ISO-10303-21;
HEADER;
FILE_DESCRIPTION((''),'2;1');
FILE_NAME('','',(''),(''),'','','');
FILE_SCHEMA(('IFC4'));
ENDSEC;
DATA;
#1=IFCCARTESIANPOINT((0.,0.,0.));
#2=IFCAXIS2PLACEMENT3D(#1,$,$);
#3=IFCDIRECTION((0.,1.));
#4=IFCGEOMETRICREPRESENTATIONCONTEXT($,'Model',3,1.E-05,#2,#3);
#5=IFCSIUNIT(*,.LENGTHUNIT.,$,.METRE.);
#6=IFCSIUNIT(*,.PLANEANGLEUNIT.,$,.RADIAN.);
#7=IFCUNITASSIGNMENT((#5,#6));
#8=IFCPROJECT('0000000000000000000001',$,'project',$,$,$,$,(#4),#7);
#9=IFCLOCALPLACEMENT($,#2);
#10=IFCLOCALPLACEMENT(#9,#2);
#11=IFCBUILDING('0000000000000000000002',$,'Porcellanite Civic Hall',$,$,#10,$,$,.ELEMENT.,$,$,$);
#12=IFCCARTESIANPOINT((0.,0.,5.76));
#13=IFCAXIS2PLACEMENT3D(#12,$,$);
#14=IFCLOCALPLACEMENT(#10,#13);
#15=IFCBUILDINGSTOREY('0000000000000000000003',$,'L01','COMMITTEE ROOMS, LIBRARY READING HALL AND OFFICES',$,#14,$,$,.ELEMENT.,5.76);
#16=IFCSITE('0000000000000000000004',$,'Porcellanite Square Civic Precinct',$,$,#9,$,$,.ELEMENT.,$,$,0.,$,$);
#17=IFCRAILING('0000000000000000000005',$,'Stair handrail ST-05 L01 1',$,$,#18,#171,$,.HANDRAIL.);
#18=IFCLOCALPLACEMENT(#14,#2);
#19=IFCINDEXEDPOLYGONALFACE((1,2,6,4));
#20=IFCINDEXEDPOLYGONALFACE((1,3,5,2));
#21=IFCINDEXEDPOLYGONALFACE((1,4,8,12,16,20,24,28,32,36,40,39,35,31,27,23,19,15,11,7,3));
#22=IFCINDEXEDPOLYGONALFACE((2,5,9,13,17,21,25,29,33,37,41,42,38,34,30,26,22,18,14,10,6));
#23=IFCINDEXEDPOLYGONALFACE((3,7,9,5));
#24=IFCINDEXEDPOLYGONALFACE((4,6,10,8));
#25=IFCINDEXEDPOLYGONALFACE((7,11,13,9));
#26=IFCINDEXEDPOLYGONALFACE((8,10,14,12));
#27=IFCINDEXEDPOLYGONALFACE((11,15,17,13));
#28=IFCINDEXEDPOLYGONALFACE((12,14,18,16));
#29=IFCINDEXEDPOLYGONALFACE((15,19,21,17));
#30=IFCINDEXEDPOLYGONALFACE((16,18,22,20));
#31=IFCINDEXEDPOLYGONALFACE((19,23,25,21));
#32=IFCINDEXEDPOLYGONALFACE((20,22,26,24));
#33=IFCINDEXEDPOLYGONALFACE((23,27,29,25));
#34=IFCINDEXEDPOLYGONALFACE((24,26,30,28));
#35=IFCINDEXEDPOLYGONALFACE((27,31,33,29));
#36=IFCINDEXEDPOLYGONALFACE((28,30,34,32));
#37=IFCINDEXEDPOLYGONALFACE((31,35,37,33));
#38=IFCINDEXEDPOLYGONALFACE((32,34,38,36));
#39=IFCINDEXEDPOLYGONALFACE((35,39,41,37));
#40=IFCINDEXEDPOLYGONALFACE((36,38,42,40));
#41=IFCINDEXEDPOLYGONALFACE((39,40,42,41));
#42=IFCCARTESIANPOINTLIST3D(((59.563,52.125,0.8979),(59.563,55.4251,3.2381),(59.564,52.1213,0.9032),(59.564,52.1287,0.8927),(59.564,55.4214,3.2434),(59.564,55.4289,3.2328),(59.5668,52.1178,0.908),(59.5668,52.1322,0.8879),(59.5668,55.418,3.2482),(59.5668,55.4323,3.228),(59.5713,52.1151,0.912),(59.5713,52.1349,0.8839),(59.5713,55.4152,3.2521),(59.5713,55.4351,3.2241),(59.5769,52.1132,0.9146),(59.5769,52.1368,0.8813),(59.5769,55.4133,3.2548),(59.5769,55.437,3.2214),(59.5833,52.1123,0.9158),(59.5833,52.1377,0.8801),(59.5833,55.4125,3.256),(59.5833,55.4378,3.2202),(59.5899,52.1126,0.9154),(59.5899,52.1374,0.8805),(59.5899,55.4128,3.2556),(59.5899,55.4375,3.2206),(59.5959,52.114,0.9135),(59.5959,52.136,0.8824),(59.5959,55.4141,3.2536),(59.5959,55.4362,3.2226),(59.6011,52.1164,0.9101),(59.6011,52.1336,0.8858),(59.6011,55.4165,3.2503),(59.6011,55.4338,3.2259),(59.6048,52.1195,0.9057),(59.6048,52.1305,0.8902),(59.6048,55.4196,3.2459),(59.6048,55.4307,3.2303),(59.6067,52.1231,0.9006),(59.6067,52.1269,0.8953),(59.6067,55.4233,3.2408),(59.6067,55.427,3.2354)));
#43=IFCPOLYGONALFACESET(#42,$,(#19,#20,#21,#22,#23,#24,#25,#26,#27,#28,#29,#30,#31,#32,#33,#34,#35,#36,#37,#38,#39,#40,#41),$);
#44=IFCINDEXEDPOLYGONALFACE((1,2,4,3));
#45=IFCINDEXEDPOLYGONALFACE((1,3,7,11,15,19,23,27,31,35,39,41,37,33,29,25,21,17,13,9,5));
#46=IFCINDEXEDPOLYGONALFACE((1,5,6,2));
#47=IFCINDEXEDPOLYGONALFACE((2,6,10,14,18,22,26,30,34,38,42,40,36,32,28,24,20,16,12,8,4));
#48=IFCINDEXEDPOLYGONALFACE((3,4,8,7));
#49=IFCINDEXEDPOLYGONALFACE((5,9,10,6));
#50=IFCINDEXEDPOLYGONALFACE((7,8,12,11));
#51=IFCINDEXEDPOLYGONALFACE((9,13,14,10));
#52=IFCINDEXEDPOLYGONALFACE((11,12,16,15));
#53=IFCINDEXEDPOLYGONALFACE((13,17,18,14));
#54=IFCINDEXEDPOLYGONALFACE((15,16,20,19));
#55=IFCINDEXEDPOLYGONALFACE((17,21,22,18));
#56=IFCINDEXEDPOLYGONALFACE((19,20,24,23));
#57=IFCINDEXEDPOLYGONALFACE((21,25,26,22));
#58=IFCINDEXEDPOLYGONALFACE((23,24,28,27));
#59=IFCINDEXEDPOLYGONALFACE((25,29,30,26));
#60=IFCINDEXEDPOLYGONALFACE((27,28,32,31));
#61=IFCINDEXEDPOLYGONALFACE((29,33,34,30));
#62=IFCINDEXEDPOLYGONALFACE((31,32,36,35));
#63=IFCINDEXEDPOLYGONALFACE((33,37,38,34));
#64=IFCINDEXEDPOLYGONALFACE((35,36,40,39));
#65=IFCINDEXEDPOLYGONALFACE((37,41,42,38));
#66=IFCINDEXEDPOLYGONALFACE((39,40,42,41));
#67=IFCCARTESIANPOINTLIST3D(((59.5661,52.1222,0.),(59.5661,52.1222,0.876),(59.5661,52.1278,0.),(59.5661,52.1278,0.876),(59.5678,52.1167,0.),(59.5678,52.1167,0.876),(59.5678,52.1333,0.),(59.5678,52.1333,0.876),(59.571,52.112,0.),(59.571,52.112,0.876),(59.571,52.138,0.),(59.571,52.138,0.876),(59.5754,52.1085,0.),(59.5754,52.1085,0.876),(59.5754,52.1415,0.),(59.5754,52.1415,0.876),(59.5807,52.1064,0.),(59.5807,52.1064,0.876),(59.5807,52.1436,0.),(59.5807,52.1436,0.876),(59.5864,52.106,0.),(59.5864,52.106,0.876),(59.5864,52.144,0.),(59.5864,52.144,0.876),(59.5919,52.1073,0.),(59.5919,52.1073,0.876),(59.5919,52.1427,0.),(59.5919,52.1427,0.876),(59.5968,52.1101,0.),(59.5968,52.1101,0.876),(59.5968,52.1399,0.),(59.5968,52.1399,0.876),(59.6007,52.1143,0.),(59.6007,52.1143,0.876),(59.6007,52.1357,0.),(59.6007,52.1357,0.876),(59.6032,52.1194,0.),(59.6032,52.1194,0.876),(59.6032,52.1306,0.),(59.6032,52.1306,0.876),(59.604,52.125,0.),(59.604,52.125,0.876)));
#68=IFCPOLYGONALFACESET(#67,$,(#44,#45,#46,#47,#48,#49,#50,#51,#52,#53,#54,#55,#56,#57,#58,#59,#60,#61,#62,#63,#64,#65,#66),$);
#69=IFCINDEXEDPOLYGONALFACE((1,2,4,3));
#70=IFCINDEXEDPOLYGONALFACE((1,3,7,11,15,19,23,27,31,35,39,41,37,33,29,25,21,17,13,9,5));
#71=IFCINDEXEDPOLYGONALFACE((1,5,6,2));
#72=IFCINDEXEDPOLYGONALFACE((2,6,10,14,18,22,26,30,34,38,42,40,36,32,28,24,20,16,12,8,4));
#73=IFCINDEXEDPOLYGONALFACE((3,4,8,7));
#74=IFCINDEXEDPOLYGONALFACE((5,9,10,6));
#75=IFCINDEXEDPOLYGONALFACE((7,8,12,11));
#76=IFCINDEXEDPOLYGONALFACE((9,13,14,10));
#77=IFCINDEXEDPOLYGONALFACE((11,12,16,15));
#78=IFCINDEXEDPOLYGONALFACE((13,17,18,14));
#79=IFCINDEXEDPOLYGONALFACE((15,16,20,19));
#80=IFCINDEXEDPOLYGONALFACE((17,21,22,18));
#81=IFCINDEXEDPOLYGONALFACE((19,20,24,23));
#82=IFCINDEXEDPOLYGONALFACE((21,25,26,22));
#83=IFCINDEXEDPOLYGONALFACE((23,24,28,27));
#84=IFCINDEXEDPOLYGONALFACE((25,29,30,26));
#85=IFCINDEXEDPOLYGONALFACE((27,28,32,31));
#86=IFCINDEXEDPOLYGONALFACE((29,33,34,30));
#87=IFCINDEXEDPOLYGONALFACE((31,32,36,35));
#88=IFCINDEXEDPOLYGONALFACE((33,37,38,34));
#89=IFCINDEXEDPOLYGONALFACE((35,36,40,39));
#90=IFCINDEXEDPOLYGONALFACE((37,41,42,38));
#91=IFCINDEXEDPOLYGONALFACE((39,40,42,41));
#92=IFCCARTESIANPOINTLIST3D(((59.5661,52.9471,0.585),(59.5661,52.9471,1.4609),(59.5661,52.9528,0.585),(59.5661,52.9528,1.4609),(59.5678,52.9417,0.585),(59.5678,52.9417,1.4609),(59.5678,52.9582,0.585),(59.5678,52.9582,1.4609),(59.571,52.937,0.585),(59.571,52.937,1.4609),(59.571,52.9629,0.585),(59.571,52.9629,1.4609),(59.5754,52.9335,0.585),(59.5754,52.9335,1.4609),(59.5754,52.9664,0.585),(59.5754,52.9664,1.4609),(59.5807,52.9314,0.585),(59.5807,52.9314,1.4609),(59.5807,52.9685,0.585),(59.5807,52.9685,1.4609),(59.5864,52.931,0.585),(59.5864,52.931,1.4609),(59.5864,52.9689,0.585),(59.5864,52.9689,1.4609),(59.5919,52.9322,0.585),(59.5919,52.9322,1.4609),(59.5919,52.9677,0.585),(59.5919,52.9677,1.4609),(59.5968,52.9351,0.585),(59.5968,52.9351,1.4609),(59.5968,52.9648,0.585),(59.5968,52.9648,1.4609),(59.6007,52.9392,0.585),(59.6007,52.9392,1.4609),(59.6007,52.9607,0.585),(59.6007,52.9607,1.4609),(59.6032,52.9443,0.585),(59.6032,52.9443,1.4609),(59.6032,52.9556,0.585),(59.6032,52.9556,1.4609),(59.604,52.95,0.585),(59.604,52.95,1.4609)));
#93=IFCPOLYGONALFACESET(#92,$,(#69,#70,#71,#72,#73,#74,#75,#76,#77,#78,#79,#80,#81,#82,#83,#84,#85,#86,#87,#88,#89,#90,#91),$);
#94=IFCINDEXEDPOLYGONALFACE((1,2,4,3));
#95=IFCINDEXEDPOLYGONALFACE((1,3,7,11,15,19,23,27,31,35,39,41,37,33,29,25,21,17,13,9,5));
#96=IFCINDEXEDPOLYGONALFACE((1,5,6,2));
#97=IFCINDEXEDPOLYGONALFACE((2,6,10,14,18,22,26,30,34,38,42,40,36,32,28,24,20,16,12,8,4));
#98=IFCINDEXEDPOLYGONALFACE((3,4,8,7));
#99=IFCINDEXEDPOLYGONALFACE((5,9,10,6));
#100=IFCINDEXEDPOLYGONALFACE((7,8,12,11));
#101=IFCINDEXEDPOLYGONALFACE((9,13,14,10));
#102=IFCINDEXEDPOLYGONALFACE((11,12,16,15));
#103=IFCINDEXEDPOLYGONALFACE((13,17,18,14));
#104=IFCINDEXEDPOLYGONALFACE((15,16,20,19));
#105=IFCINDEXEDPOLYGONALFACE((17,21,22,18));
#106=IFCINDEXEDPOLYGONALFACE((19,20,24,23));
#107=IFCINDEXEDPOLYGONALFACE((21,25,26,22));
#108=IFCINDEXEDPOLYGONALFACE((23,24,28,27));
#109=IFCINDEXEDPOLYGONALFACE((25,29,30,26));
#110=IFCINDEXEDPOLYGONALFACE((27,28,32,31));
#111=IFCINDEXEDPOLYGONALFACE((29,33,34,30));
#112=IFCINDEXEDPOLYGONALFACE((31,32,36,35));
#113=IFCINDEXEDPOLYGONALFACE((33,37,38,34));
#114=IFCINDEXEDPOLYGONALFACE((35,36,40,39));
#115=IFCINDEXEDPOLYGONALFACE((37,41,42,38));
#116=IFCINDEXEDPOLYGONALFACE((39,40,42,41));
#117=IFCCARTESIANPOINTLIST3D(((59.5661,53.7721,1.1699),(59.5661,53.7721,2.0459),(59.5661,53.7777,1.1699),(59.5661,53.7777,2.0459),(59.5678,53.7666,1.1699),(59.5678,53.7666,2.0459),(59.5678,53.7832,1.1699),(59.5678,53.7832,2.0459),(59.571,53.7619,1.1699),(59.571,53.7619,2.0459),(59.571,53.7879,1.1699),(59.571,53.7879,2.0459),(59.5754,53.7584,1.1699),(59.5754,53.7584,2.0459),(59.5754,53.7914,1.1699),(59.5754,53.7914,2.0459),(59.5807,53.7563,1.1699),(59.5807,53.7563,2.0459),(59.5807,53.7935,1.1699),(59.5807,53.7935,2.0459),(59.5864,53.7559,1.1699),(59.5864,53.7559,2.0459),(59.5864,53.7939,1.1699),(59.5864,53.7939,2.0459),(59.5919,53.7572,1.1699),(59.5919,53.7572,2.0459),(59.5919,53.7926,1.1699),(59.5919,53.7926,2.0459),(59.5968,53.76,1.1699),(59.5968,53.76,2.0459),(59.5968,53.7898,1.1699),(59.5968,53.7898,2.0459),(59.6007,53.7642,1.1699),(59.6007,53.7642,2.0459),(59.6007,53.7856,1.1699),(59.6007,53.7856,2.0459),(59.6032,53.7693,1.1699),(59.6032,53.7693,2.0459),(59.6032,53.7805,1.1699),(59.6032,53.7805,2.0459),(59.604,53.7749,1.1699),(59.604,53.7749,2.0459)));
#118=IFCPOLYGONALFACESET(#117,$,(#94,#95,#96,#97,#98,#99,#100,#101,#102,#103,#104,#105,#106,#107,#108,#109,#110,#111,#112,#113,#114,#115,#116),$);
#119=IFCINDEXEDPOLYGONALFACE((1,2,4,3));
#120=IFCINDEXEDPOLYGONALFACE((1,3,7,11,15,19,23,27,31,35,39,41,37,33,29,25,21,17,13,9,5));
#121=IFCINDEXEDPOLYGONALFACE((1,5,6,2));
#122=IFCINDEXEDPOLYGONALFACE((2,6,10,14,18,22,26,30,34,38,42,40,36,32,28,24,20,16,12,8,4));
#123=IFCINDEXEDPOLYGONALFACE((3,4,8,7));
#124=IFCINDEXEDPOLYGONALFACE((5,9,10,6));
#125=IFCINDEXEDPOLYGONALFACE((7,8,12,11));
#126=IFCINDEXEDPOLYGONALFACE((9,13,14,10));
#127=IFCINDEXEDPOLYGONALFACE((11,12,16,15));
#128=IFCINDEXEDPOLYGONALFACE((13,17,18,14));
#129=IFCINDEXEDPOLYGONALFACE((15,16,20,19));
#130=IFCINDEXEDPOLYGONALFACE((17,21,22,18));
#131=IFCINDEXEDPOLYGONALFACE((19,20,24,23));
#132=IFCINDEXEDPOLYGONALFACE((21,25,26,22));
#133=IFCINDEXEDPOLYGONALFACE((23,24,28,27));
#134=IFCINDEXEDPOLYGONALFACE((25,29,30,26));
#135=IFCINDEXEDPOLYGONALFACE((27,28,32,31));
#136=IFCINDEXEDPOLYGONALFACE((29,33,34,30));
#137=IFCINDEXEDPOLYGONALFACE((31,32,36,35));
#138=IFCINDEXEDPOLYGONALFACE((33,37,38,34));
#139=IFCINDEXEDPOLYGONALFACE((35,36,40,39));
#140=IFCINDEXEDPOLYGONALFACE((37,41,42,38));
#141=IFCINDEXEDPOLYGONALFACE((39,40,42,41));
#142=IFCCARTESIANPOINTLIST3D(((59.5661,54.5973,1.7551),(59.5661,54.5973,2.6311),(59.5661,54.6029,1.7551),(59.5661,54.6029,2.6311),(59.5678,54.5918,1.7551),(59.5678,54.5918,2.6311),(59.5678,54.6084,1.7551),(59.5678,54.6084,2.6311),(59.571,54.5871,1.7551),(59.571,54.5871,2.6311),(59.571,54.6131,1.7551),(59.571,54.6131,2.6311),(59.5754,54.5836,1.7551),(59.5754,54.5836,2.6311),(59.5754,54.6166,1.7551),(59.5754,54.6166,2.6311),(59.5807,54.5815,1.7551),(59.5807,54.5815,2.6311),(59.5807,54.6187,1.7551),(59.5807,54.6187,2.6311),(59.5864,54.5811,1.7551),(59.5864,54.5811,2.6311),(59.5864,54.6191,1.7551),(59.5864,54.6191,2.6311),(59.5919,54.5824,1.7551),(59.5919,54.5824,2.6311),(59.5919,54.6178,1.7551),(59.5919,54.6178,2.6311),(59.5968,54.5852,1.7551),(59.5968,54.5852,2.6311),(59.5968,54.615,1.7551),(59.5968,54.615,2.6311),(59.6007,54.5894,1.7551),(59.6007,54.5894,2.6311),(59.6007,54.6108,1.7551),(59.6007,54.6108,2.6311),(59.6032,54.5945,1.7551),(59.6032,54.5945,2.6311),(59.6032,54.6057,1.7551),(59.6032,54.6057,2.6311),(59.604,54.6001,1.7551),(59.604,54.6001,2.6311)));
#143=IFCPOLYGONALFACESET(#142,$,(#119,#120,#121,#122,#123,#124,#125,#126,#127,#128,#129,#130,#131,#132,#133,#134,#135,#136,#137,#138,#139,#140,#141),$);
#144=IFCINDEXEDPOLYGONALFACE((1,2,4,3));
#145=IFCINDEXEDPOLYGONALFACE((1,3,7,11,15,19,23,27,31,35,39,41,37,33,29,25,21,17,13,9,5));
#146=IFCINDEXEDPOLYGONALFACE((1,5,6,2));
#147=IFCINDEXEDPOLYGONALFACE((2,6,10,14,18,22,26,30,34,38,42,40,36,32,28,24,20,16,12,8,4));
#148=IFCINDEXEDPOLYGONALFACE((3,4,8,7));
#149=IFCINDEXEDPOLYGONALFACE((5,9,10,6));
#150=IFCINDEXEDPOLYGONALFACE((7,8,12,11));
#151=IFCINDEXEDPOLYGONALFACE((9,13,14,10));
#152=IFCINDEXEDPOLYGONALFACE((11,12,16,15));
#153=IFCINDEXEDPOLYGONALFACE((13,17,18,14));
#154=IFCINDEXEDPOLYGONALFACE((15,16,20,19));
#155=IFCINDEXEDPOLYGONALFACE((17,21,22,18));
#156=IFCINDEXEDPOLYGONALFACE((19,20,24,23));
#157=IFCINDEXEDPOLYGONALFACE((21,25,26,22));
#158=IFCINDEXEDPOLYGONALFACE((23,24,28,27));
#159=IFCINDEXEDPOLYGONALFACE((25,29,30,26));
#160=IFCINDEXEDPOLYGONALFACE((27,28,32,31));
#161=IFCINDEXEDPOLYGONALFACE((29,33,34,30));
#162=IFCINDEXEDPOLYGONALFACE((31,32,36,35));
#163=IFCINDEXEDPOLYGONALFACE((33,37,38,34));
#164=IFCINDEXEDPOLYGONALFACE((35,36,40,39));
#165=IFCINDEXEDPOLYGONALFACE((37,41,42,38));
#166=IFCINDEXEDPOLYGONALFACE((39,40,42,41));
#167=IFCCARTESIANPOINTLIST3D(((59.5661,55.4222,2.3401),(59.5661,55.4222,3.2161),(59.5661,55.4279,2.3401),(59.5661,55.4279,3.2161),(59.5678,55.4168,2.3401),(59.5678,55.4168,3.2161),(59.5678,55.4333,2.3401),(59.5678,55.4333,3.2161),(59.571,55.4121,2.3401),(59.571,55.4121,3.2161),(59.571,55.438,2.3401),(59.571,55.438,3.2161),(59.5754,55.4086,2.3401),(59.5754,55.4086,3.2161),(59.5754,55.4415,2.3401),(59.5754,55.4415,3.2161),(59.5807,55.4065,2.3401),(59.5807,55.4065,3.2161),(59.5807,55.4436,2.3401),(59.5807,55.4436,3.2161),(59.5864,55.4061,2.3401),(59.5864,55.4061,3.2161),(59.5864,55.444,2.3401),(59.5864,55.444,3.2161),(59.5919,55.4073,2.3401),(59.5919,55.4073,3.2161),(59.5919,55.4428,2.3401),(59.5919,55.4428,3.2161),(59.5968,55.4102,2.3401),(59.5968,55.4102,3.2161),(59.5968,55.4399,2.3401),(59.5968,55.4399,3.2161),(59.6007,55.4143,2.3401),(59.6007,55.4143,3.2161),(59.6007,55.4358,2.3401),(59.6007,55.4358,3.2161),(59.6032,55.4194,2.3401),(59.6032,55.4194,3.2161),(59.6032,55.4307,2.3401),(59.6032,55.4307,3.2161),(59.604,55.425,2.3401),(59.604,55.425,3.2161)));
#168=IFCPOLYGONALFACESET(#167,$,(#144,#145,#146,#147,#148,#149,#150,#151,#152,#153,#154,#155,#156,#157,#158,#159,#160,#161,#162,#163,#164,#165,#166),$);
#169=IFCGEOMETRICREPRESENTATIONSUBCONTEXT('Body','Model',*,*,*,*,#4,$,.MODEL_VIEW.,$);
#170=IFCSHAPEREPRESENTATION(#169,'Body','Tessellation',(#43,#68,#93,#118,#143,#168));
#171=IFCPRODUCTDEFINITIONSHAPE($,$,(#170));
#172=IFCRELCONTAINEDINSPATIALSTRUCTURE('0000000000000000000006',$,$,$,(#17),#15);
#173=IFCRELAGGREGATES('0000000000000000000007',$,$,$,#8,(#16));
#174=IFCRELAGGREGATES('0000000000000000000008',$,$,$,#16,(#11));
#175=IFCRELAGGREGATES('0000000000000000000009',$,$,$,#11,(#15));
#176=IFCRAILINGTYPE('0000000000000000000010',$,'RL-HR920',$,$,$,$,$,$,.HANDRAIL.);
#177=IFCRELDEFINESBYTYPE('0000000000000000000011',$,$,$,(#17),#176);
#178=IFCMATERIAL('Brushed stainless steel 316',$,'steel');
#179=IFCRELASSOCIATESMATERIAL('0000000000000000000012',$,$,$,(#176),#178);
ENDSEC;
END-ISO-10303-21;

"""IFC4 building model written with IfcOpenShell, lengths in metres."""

from ifc_helpers import new_model, si_unit, direction, frame, origin, origin_2d, place, context, subcontext, project, spatial, circle, extrude, material, type_object, element, save


model = new_model("IFC4")

# Units and contexts
model_context = context("Model", 3, precision=1e-05, world=origin(), true_north=direction((0.0, 1.0)))
body_context = subcontext(model_context, "Body", "Model", "MODEL_VIEW")
ifc_project = project(units=[si_unit("LENGTHUNIT", "METRE"), si_unit("PLANEANGLEUNIT", "RADIAN")], contexts=[model_context])

# Site, building, storey
site_placement = place(None, origin())
site = spatial("IfcSite", under=ifc_project, at=site_placement, Name="Porcellanite Square Civic Precinct", CompositionType="ELEMENT", RefElevation=0.0)
building_placement = place(site_placement, origin())
building = spatial("IfcBuilding", under=site, at=building_placement, Name="Porcellanite Civic Hall", CompositionType="ELEMENT")
storey_placement = place(building_placement, frame((0.0, 0.0, 5.76)))
storey = spatial("IfcBuildingStorey", under=building, at=storey_placement, Name="L01", Description="COMMITTEE ROOMS, LIBRARY READING HALL AND OFFICES", CompositionType="ELEMENT", Elevation=5.76)

# Railing
ifc_material_1 = material(Name="Brushed stainless steel 316", Category="steel")
railing_type_1 = type_object("IfcRailingType", Name="RL-HR920", PredefinedType="HANDRAIL", material=ifc_material_1)
railing_1_placement = place(storey_placement, frame((59.585, 52.125, 0.0)))
element("IfcRailing", 1, at=railing_1_placement, inside=storey, type_object=railing_type_1, Name="Stair handrail ST-05 L01 1", PredefinedType="HANDRAIL", context=body_context, shape_type="SweptSolid", body=[
    extrude(circle(Radius=0.022, at=origin_2d()), frame((0.0, 0.0, 0.8979), z_axis=(0.0, 0.815727, 0.578438), x_axis=(-1.0, 0.0, 0.0)), (0.0, 0.0, 1.0), 4.0457),
    extrude(circle(Radius=0.019, at=origin_2d()), origin(), (0.0, 0.0, 1.0), 0.876),
    extrude(circle(Radius=0.019, at=origin_2d()), frame((0.0, 0.825, 0.585)), (0.0, 0.0, 1.0), 0.876),
    extrude(circle(Radius=0.019, at=origin_2d()), frame((0.0, 1.6499, 1.1699)), (0.0, 0.0, 1.0), 0.876),
    extrude(circle(Radius=0.019, at=origin_2d()), frame((0.0, 2.4751, 1.7551)), (0.0, 0.0, 1.0), 0.876),
    extrude(circle(Radius=0.019, at=origin_2d()), frame((0.0, 3.3, 2.3401)), (0.0, 0.0, 1.0), 0.876),
])

save(model, "model.ifc")
